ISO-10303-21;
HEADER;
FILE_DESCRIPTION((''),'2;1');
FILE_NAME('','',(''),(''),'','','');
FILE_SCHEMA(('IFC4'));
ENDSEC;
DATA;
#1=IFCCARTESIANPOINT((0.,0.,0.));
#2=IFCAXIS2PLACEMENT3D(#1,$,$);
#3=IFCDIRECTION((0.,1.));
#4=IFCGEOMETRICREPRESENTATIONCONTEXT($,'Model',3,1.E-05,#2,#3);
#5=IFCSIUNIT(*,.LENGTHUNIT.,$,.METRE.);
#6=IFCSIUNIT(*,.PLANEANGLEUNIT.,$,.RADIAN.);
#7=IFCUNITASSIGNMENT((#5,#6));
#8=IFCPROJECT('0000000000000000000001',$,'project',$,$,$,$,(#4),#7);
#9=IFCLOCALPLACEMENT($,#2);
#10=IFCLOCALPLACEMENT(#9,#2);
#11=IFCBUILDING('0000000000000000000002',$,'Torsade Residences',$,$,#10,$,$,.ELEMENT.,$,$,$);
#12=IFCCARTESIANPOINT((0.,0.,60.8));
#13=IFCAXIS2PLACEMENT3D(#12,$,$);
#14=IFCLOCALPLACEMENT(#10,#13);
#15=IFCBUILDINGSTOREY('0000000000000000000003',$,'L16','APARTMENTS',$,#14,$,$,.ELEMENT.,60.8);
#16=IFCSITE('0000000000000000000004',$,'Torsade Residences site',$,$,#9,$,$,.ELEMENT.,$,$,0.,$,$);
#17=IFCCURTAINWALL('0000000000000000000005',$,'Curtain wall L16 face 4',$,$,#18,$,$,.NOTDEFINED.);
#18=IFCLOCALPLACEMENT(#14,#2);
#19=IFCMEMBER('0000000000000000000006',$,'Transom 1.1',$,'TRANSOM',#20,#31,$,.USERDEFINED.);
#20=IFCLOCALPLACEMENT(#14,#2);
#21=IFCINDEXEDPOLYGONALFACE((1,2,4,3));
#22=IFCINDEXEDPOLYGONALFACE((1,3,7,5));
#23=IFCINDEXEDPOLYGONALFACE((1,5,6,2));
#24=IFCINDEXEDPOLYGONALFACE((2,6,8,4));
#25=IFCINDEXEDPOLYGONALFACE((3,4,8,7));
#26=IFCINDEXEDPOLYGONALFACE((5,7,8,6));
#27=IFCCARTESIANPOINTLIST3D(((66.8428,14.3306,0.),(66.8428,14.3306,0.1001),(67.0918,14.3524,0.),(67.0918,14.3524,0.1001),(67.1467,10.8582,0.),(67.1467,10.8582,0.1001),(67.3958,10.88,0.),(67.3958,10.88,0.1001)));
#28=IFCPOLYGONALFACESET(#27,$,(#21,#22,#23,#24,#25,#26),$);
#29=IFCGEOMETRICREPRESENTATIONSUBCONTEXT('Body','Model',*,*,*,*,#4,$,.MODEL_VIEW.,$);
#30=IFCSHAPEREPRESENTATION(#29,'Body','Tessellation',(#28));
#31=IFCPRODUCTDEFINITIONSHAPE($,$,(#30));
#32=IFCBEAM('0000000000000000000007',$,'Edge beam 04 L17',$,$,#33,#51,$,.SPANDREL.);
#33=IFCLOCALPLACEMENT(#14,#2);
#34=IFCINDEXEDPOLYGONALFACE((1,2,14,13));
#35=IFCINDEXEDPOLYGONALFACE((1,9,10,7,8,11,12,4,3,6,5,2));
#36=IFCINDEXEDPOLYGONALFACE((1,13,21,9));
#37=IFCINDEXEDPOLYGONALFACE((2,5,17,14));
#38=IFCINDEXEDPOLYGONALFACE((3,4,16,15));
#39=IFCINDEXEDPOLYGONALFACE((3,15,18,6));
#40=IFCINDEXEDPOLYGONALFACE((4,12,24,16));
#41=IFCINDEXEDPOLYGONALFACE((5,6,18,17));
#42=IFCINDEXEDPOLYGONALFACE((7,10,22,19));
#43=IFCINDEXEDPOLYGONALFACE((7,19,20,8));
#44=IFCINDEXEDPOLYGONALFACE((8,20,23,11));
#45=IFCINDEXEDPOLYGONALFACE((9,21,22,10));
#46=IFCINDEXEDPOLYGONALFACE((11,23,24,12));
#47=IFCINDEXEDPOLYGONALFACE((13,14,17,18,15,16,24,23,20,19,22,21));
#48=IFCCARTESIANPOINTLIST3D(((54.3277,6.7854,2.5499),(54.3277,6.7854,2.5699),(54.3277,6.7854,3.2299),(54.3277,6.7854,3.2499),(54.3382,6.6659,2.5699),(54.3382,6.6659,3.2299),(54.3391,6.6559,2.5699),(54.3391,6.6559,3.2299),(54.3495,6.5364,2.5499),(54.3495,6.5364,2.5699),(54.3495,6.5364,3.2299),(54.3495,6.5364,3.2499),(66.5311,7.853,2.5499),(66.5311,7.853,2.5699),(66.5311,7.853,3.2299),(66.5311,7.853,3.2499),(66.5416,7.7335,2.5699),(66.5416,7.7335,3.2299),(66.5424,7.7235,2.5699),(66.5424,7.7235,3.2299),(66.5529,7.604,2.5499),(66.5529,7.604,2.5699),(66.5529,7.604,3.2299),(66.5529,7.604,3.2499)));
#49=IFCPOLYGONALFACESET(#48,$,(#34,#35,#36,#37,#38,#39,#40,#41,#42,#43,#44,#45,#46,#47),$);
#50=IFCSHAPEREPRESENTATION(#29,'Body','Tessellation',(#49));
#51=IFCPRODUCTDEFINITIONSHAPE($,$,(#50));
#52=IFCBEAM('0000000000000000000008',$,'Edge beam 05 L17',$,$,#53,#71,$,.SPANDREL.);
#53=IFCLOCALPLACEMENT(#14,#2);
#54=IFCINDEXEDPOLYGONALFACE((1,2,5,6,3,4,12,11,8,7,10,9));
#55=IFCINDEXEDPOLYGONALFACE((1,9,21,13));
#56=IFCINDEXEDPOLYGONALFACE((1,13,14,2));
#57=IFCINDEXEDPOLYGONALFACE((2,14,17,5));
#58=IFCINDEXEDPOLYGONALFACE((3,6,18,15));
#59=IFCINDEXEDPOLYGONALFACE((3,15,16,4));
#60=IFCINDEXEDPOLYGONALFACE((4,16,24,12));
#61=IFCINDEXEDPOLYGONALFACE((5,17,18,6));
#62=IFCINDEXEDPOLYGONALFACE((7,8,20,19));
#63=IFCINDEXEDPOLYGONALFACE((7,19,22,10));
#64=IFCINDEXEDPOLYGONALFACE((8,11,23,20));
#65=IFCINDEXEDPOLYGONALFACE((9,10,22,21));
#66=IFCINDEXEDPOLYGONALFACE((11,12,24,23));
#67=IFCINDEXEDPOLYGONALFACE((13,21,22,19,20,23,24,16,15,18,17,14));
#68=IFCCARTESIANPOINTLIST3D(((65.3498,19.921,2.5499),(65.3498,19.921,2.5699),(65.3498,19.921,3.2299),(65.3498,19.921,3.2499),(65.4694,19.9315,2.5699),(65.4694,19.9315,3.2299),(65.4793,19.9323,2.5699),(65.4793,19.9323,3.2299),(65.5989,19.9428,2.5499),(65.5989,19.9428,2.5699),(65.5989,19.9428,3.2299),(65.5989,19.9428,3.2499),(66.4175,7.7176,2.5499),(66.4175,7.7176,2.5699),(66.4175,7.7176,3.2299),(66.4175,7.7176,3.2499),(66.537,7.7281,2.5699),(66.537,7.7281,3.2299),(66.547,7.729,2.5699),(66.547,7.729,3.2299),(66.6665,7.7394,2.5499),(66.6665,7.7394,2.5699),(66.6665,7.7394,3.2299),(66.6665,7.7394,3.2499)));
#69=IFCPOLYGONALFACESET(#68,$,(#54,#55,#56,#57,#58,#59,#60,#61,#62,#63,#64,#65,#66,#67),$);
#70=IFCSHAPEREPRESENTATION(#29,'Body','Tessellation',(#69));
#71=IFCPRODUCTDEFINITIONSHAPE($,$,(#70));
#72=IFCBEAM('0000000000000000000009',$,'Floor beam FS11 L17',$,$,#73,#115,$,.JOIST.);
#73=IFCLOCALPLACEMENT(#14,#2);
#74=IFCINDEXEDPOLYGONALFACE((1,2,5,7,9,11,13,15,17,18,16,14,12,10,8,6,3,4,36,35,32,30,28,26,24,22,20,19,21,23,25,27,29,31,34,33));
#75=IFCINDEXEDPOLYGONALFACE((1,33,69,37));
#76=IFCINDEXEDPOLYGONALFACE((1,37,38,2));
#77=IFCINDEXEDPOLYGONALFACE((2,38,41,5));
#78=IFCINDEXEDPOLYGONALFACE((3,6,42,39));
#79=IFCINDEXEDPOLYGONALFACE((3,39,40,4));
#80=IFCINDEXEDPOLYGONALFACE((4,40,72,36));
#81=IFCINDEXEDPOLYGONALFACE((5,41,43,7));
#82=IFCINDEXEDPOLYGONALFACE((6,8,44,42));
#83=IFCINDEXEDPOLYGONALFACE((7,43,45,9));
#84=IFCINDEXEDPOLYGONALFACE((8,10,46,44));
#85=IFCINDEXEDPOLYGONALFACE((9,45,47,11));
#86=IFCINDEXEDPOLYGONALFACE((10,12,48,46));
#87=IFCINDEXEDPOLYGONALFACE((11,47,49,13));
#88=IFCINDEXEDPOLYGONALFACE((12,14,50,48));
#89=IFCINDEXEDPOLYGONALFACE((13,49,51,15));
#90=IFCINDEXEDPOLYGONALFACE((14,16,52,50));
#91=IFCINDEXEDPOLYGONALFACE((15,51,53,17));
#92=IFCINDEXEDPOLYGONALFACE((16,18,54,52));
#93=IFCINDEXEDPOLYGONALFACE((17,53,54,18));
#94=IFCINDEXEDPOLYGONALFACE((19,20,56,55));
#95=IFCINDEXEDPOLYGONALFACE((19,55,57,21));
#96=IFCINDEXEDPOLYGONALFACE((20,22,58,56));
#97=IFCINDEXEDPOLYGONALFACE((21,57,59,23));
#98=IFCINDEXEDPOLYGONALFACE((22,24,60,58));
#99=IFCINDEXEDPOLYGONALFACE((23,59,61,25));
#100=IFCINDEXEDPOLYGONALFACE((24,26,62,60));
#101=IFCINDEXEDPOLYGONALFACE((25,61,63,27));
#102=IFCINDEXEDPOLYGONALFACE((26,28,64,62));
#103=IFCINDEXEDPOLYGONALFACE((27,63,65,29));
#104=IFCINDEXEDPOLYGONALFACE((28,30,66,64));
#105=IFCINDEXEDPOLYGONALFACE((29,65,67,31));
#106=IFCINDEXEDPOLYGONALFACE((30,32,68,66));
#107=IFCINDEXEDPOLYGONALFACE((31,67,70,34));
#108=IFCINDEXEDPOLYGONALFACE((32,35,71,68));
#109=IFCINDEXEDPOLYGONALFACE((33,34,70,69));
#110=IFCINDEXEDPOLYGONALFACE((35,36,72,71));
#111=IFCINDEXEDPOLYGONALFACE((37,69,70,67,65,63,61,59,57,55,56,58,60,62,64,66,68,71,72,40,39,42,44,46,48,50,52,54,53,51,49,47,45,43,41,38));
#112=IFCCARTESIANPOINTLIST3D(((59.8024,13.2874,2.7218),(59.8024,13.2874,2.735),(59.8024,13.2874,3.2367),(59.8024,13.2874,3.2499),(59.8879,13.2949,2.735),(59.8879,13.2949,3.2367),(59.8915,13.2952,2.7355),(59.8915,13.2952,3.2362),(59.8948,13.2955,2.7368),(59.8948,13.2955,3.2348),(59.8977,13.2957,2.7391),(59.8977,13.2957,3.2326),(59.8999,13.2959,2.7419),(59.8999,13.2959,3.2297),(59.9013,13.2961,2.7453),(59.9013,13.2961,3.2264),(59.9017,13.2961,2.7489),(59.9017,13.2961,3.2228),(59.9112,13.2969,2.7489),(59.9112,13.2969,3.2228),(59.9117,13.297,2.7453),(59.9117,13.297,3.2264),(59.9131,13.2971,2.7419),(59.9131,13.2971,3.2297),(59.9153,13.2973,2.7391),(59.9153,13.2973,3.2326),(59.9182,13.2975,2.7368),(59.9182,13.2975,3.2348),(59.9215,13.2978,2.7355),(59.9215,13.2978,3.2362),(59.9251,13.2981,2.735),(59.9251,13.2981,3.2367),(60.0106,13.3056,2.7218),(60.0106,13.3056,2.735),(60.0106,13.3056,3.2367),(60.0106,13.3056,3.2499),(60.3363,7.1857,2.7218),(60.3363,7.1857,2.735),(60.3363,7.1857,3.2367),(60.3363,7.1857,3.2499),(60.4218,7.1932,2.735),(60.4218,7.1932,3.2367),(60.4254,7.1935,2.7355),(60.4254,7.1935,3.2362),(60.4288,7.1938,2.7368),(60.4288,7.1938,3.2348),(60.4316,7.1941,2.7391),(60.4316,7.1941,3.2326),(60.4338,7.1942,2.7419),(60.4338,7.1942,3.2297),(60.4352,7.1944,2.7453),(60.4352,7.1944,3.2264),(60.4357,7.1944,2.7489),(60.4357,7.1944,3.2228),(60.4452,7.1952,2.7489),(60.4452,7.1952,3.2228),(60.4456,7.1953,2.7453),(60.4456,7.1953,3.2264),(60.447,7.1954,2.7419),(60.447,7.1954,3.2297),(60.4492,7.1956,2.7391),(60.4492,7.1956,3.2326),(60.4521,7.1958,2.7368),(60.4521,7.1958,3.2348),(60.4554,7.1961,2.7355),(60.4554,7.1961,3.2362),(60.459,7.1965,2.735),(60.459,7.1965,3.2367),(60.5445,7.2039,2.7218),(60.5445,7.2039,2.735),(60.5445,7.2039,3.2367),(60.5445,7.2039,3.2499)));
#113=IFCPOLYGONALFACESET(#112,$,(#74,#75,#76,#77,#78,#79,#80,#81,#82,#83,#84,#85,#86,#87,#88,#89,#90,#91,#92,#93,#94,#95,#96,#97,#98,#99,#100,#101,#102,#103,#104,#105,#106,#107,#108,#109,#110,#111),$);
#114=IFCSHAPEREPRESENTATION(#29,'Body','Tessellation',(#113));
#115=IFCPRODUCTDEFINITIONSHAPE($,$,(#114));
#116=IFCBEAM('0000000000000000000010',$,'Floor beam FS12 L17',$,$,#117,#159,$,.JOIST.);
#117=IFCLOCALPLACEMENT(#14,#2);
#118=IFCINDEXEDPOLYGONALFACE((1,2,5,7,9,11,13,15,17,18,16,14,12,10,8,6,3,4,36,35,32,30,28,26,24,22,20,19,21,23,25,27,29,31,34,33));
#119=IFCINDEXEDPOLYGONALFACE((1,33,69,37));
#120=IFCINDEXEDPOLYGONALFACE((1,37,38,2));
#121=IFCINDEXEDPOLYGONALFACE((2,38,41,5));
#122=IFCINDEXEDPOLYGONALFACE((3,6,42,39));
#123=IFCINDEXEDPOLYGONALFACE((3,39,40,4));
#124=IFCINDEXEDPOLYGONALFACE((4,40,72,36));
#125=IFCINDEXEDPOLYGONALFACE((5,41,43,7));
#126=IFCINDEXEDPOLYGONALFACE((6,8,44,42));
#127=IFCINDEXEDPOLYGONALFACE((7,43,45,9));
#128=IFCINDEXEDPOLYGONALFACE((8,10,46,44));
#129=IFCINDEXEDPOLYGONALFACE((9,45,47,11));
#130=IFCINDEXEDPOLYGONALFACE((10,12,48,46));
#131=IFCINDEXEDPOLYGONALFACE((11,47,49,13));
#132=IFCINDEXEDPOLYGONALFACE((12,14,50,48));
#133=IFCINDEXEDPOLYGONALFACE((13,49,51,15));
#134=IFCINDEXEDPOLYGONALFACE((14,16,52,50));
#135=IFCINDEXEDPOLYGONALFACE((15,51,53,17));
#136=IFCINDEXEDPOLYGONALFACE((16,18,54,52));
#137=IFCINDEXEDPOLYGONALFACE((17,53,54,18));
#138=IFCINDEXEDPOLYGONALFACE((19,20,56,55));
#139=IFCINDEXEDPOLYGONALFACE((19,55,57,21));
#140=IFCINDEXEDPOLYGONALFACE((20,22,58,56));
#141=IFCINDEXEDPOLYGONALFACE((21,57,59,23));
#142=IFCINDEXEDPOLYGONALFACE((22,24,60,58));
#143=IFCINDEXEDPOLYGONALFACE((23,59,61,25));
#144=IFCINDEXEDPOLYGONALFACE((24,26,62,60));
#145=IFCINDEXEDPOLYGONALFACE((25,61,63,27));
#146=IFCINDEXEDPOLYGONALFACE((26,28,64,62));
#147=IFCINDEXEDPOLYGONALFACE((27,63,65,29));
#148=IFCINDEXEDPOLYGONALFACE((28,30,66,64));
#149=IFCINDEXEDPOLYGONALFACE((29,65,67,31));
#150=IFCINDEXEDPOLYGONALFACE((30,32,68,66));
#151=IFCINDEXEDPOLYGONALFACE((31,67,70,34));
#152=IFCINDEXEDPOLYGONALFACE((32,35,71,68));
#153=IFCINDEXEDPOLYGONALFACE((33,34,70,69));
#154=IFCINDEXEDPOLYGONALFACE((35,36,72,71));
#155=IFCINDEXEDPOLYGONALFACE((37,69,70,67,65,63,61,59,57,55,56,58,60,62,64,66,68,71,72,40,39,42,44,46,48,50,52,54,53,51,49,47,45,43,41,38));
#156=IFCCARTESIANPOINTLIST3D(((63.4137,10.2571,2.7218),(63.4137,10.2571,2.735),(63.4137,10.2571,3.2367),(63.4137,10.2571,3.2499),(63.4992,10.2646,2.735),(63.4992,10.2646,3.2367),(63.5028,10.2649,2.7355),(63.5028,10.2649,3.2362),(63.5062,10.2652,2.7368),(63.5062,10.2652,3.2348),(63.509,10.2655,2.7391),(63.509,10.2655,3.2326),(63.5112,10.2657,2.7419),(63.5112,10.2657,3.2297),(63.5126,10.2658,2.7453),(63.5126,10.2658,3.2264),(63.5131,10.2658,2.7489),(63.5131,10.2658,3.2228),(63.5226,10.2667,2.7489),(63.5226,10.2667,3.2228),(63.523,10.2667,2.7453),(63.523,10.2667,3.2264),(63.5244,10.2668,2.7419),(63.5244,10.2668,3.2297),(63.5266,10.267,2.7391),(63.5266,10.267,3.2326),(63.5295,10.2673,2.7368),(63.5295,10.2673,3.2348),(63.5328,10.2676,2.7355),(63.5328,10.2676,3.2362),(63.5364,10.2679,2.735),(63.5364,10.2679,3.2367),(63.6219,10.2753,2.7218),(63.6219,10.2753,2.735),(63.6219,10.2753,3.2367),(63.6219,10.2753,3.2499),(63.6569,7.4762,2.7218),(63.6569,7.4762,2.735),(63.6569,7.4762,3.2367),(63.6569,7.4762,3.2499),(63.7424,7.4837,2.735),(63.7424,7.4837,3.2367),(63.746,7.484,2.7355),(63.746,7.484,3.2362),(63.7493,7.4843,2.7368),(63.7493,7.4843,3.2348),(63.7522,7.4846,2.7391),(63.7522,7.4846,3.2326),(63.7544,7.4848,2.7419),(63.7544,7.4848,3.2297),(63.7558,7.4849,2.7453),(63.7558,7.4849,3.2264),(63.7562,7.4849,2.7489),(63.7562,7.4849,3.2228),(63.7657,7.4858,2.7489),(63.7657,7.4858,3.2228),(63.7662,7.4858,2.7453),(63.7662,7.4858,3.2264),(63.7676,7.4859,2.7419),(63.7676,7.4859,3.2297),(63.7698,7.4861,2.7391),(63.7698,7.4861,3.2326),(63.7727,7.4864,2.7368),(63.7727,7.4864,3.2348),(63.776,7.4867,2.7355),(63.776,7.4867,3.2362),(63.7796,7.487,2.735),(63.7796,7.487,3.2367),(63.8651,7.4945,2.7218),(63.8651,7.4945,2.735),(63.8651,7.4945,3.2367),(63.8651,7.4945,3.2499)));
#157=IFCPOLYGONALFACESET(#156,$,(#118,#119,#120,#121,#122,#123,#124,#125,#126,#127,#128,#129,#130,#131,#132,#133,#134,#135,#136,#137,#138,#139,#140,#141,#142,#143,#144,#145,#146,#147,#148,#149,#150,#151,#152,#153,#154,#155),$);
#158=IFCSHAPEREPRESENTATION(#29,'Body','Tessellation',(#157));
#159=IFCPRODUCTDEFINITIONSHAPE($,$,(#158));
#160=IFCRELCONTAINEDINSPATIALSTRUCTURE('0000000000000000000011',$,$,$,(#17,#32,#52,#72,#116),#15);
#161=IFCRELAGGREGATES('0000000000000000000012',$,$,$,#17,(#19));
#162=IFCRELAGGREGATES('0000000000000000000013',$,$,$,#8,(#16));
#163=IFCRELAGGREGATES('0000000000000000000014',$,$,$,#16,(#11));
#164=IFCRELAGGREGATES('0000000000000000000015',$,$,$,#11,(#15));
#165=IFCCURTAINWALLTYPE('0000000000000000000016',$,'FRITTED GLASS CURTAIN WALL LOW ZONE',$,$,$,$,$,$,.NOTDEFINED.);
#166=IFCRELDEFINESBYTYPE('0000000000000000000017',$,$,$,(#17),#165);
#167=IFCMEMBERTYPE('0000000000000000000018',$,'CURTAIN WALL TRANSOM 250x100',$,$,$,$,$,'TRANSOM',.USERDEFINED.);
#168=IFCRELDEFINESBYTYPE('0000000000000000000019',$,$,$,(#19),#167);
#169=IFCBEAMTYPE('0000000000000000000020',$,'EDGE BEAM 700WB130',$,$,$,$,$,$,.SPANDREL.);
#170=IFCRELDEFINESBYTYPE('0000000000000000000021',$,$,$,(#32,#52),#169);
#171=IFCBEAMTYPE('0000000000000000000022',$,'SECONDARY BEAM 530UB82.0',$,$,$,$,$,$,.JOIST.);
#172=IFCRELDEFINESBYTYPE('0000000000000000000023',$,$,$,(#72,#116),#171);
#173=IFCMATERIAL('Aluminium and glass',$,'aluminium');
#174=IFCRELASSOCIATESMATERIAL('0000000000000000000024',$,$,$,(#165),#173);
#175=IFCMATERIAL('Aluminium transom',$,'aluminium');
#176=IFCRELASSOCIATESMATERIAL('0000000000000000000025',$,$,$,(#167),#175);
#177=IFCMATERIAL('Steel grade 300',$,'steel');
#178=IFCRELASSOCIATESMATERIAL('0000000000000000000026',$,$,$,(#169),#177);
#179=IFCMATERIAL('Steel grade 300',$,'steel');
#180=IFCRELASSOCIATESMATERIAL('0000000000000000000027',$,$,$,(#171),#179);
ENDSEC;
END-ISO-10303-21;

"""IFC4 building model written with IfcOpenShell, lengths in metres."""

from ifc_helpers import new_model, si_unit, direction, frame, origin, origin_2d, place, context, subcontext, project, spatial, rectangle, i_section, extrude, material, material_profile, profile_set, type_object, element, aggregate, save


model = new_model("IFC4")

# Units and contexts
model_context = context("Model", 3, precision=1e-05, world=origin(), true_north=direction((0.0, 1.0)))
body_context = subcontext(model_context, "Body", "Model", "MODEL_VIEW")
ifc_project = project(units=[si_unit("LENGTHUNIT", "METRE"), si_unit("PLANEANGLEUNIT", "RADIAN")], contexts=[model_context])

# Site, building, storey
site_placement = place(None, origin())
site = spatial("IfcSite", under=ifc_project, at=site_placement, Name="Torsade Residences site", CompositionType="ELEMENT", RefElevation=0.0)
building_placement = place(site_placement, origin())
building = spatial("IfcBuilding", under=site, at=building_placement, Name="Torsade Residences", CompositionType="ELEMENT")
storey_placement = place(building_placement, frame((0.0, 0.0, 60.8)))
storey = spatial("IfcBuildingStorey", under=building, at=storey_placement, Name="L16", Description="APARTMENTS", CompositionType="ELEMENT", Elevation=60.8)

# Shared definitions
ifc_material_1 = material(Name="Aluminium and glass", Category="aluminium")
curtain_wall_type = type_object("IfcCurtainWallType", Name="FRITTED GLASS CURTAIN WALL LOW ZONE", PredefinedType="NOTDEFINED", material=ifc_material_1)

# Curtain wall
curtain_wall_1_placement = place(storey_placement, origin())
curtain_wall_1 = element("IfcCurtainWall", 1, at=curtain_wall_1_placement, inside=storey, type_object=curtain_wall_type, Name="Curtain wall L16 face 4", PredefinedType="NOTDEFINED")

# Member
ifc_material_2 = material(Name="Aluminium transom", Category="aluminium")
ifc_material_profile_1 = material_profile(ifc_material_2, rectangle(XDim=0.25, YDim=0.1001, at=origin_2d()), Name="CURTAIN WALL TRANSOM 250x100")
ifc_profile_set_1 = profile_set([ifc_material_profile_1], Name="Aluminium transom")
member_type_1 = type_object("IfcMemberType", Name="CURTAIN WALL TRANSOM 250x100", ElementType="TRANSOM", PredefinedType="USERDEFINED", material=ifc_profile_set_1)
member_1_placement = place(storey_placement, frame((67.2712, 10.8691, 0.05), z_axis=(-0.087201, 0.996191, 0.0), x_axis=(-0.996191, -0.087201, 0.0)))
member_1 = element("IfcMember", 2, at=member_1_placement, type_object=member_type_1, Name="Transom 1.1", ObjectType="TRANSOM", PredefinedType="USERDEFINED", context=body_context, shape_type="SweptSolid", body=[
    extrude(rectangle(XDim=0.25, YDim=0.1001, at=origin_2d()), origin(), (0.0, 0.0, 1.0), 3.4856),
])

# Beams
ifc_material_3 = material(Name="Steel grade 300", Category="steel")
ifc_material_profile_2 = material_profile(ifc_material_3, i_section(OverallWidth=0.25, OverallDepth=0.7, WebThickness=0.01, FlangeThickness=0.02, at=origin_2d()), Name="700WB130")
ifc_profile_set_2 = profile_set([ifc_material_profile_2], Name="Steel grade 300")
beam_type_1 = type_object("IfcBeamType", Name="EDGE BEAM 700WB130", PredefinedType="SPANDREL", material=ifc_profile_set_2)
for number, where, z_axis, x_axis, name in (
    (3, (54.3386, 6.6609, 2.8999), (0.996195, 0.087153, 0.0), (-0.087153, 0.996195, 0.0), "Edge beam 04 L17"),
    (4, (66.542, 7.7285, 2.8999), (-0.087153, 0.996195, 0.0), (-0.996195, -0.087153, 0.0), "Edge beam 05 L17"),
):
    element("IfcBeam", number, at=place(storey_placement, frame(where, z_axis=z_axis, x_axis=x_axis)), inside=storey, type_object=beam_type_1, Name=name, PredefinedType="SPANDREL", context=body_context, shape_type="SweptSolid", body=[
        extrude(i_section(OverallWidth=0.25, OverallDepth=0.7, WebThickness=0.01, FlangeThickness=0.02, at=origin_2d()), origin(), (0.0, 0.0, 1.0), 12.25),
    ])
ifc_material_4 = material(Name="Steel grade 300", Category="steel")
ifc_material_profile_3 = material_profile(ifc_material_4, i_section(OverallWidth=0.209, OverallDepth=0.5281, WebThickness=0.0095, FlangeThickness=0.0132, FilletRadius=0.0139, at=origin_2d()), Name="530UB82.0")
ifc_profile_set_3 = profile_set([ifc_material_profile_3], Name="Steel grade 300")
beam_type_2 = type_object("IfcBeamType", Name="SECONDARY BEAM 530UB82.0", PredefinedType="JOIST", material=ifc_profile_set_3)
beam_1_placement = place(storey_placement, frame((60.4404, 7.1948, 2.9858), z_axis=(-0.087175, 0.996193, 0.0), x_axis=(-0.996193, -0.087175, 0.0)))
element("IfcBeam", 5, at=beam_1_placement, inside=storey, type_object=beam_type_2, Name="Floor beam FS11 L17", PredefinedType="JOIST", context=body_context, shape_type="SweptSolid", body=[
    extrude(i_section(OverallWidth=0.209, OverallDepth=0.5281, WebThickness=0.0095, FlangeThickness=0.0132, FilletRadius=0.0139, at=origin_2d()), origin(), (0.0, 0.0, 1.0), 6.125),
])
for number, where, z_axis, x_axis, name in (
    (6, (63.761, 7.4854, 2.9858), (-0.087105, 0.996199, 0.0), (-0.996199, -0.087105, 0.0), "Floor beam FS12 L17"),
):
    element("IfcBeam", number, at=place(storey_placement, frame(where, z_axis=z_axis, x_axis=x_axis)), inside=storey, type_object=beam_type_2, Name=name, PredefinedType="JOIST", context=body_context, shape_type="SweptSolid", body=[
        extrude(i_section(OverallWidth=0.209, OverallDepth=0.5281, WebThickness=0.0095, FlangeThickness=0.0132, FilletRadius=0.0139, at=origin_2d()), origin(), (0.0, 0.0, 1.0), 2.7915),
    ])

aggregate(curtain_wall_1, [member_1])

save(model, "model.ifc")
